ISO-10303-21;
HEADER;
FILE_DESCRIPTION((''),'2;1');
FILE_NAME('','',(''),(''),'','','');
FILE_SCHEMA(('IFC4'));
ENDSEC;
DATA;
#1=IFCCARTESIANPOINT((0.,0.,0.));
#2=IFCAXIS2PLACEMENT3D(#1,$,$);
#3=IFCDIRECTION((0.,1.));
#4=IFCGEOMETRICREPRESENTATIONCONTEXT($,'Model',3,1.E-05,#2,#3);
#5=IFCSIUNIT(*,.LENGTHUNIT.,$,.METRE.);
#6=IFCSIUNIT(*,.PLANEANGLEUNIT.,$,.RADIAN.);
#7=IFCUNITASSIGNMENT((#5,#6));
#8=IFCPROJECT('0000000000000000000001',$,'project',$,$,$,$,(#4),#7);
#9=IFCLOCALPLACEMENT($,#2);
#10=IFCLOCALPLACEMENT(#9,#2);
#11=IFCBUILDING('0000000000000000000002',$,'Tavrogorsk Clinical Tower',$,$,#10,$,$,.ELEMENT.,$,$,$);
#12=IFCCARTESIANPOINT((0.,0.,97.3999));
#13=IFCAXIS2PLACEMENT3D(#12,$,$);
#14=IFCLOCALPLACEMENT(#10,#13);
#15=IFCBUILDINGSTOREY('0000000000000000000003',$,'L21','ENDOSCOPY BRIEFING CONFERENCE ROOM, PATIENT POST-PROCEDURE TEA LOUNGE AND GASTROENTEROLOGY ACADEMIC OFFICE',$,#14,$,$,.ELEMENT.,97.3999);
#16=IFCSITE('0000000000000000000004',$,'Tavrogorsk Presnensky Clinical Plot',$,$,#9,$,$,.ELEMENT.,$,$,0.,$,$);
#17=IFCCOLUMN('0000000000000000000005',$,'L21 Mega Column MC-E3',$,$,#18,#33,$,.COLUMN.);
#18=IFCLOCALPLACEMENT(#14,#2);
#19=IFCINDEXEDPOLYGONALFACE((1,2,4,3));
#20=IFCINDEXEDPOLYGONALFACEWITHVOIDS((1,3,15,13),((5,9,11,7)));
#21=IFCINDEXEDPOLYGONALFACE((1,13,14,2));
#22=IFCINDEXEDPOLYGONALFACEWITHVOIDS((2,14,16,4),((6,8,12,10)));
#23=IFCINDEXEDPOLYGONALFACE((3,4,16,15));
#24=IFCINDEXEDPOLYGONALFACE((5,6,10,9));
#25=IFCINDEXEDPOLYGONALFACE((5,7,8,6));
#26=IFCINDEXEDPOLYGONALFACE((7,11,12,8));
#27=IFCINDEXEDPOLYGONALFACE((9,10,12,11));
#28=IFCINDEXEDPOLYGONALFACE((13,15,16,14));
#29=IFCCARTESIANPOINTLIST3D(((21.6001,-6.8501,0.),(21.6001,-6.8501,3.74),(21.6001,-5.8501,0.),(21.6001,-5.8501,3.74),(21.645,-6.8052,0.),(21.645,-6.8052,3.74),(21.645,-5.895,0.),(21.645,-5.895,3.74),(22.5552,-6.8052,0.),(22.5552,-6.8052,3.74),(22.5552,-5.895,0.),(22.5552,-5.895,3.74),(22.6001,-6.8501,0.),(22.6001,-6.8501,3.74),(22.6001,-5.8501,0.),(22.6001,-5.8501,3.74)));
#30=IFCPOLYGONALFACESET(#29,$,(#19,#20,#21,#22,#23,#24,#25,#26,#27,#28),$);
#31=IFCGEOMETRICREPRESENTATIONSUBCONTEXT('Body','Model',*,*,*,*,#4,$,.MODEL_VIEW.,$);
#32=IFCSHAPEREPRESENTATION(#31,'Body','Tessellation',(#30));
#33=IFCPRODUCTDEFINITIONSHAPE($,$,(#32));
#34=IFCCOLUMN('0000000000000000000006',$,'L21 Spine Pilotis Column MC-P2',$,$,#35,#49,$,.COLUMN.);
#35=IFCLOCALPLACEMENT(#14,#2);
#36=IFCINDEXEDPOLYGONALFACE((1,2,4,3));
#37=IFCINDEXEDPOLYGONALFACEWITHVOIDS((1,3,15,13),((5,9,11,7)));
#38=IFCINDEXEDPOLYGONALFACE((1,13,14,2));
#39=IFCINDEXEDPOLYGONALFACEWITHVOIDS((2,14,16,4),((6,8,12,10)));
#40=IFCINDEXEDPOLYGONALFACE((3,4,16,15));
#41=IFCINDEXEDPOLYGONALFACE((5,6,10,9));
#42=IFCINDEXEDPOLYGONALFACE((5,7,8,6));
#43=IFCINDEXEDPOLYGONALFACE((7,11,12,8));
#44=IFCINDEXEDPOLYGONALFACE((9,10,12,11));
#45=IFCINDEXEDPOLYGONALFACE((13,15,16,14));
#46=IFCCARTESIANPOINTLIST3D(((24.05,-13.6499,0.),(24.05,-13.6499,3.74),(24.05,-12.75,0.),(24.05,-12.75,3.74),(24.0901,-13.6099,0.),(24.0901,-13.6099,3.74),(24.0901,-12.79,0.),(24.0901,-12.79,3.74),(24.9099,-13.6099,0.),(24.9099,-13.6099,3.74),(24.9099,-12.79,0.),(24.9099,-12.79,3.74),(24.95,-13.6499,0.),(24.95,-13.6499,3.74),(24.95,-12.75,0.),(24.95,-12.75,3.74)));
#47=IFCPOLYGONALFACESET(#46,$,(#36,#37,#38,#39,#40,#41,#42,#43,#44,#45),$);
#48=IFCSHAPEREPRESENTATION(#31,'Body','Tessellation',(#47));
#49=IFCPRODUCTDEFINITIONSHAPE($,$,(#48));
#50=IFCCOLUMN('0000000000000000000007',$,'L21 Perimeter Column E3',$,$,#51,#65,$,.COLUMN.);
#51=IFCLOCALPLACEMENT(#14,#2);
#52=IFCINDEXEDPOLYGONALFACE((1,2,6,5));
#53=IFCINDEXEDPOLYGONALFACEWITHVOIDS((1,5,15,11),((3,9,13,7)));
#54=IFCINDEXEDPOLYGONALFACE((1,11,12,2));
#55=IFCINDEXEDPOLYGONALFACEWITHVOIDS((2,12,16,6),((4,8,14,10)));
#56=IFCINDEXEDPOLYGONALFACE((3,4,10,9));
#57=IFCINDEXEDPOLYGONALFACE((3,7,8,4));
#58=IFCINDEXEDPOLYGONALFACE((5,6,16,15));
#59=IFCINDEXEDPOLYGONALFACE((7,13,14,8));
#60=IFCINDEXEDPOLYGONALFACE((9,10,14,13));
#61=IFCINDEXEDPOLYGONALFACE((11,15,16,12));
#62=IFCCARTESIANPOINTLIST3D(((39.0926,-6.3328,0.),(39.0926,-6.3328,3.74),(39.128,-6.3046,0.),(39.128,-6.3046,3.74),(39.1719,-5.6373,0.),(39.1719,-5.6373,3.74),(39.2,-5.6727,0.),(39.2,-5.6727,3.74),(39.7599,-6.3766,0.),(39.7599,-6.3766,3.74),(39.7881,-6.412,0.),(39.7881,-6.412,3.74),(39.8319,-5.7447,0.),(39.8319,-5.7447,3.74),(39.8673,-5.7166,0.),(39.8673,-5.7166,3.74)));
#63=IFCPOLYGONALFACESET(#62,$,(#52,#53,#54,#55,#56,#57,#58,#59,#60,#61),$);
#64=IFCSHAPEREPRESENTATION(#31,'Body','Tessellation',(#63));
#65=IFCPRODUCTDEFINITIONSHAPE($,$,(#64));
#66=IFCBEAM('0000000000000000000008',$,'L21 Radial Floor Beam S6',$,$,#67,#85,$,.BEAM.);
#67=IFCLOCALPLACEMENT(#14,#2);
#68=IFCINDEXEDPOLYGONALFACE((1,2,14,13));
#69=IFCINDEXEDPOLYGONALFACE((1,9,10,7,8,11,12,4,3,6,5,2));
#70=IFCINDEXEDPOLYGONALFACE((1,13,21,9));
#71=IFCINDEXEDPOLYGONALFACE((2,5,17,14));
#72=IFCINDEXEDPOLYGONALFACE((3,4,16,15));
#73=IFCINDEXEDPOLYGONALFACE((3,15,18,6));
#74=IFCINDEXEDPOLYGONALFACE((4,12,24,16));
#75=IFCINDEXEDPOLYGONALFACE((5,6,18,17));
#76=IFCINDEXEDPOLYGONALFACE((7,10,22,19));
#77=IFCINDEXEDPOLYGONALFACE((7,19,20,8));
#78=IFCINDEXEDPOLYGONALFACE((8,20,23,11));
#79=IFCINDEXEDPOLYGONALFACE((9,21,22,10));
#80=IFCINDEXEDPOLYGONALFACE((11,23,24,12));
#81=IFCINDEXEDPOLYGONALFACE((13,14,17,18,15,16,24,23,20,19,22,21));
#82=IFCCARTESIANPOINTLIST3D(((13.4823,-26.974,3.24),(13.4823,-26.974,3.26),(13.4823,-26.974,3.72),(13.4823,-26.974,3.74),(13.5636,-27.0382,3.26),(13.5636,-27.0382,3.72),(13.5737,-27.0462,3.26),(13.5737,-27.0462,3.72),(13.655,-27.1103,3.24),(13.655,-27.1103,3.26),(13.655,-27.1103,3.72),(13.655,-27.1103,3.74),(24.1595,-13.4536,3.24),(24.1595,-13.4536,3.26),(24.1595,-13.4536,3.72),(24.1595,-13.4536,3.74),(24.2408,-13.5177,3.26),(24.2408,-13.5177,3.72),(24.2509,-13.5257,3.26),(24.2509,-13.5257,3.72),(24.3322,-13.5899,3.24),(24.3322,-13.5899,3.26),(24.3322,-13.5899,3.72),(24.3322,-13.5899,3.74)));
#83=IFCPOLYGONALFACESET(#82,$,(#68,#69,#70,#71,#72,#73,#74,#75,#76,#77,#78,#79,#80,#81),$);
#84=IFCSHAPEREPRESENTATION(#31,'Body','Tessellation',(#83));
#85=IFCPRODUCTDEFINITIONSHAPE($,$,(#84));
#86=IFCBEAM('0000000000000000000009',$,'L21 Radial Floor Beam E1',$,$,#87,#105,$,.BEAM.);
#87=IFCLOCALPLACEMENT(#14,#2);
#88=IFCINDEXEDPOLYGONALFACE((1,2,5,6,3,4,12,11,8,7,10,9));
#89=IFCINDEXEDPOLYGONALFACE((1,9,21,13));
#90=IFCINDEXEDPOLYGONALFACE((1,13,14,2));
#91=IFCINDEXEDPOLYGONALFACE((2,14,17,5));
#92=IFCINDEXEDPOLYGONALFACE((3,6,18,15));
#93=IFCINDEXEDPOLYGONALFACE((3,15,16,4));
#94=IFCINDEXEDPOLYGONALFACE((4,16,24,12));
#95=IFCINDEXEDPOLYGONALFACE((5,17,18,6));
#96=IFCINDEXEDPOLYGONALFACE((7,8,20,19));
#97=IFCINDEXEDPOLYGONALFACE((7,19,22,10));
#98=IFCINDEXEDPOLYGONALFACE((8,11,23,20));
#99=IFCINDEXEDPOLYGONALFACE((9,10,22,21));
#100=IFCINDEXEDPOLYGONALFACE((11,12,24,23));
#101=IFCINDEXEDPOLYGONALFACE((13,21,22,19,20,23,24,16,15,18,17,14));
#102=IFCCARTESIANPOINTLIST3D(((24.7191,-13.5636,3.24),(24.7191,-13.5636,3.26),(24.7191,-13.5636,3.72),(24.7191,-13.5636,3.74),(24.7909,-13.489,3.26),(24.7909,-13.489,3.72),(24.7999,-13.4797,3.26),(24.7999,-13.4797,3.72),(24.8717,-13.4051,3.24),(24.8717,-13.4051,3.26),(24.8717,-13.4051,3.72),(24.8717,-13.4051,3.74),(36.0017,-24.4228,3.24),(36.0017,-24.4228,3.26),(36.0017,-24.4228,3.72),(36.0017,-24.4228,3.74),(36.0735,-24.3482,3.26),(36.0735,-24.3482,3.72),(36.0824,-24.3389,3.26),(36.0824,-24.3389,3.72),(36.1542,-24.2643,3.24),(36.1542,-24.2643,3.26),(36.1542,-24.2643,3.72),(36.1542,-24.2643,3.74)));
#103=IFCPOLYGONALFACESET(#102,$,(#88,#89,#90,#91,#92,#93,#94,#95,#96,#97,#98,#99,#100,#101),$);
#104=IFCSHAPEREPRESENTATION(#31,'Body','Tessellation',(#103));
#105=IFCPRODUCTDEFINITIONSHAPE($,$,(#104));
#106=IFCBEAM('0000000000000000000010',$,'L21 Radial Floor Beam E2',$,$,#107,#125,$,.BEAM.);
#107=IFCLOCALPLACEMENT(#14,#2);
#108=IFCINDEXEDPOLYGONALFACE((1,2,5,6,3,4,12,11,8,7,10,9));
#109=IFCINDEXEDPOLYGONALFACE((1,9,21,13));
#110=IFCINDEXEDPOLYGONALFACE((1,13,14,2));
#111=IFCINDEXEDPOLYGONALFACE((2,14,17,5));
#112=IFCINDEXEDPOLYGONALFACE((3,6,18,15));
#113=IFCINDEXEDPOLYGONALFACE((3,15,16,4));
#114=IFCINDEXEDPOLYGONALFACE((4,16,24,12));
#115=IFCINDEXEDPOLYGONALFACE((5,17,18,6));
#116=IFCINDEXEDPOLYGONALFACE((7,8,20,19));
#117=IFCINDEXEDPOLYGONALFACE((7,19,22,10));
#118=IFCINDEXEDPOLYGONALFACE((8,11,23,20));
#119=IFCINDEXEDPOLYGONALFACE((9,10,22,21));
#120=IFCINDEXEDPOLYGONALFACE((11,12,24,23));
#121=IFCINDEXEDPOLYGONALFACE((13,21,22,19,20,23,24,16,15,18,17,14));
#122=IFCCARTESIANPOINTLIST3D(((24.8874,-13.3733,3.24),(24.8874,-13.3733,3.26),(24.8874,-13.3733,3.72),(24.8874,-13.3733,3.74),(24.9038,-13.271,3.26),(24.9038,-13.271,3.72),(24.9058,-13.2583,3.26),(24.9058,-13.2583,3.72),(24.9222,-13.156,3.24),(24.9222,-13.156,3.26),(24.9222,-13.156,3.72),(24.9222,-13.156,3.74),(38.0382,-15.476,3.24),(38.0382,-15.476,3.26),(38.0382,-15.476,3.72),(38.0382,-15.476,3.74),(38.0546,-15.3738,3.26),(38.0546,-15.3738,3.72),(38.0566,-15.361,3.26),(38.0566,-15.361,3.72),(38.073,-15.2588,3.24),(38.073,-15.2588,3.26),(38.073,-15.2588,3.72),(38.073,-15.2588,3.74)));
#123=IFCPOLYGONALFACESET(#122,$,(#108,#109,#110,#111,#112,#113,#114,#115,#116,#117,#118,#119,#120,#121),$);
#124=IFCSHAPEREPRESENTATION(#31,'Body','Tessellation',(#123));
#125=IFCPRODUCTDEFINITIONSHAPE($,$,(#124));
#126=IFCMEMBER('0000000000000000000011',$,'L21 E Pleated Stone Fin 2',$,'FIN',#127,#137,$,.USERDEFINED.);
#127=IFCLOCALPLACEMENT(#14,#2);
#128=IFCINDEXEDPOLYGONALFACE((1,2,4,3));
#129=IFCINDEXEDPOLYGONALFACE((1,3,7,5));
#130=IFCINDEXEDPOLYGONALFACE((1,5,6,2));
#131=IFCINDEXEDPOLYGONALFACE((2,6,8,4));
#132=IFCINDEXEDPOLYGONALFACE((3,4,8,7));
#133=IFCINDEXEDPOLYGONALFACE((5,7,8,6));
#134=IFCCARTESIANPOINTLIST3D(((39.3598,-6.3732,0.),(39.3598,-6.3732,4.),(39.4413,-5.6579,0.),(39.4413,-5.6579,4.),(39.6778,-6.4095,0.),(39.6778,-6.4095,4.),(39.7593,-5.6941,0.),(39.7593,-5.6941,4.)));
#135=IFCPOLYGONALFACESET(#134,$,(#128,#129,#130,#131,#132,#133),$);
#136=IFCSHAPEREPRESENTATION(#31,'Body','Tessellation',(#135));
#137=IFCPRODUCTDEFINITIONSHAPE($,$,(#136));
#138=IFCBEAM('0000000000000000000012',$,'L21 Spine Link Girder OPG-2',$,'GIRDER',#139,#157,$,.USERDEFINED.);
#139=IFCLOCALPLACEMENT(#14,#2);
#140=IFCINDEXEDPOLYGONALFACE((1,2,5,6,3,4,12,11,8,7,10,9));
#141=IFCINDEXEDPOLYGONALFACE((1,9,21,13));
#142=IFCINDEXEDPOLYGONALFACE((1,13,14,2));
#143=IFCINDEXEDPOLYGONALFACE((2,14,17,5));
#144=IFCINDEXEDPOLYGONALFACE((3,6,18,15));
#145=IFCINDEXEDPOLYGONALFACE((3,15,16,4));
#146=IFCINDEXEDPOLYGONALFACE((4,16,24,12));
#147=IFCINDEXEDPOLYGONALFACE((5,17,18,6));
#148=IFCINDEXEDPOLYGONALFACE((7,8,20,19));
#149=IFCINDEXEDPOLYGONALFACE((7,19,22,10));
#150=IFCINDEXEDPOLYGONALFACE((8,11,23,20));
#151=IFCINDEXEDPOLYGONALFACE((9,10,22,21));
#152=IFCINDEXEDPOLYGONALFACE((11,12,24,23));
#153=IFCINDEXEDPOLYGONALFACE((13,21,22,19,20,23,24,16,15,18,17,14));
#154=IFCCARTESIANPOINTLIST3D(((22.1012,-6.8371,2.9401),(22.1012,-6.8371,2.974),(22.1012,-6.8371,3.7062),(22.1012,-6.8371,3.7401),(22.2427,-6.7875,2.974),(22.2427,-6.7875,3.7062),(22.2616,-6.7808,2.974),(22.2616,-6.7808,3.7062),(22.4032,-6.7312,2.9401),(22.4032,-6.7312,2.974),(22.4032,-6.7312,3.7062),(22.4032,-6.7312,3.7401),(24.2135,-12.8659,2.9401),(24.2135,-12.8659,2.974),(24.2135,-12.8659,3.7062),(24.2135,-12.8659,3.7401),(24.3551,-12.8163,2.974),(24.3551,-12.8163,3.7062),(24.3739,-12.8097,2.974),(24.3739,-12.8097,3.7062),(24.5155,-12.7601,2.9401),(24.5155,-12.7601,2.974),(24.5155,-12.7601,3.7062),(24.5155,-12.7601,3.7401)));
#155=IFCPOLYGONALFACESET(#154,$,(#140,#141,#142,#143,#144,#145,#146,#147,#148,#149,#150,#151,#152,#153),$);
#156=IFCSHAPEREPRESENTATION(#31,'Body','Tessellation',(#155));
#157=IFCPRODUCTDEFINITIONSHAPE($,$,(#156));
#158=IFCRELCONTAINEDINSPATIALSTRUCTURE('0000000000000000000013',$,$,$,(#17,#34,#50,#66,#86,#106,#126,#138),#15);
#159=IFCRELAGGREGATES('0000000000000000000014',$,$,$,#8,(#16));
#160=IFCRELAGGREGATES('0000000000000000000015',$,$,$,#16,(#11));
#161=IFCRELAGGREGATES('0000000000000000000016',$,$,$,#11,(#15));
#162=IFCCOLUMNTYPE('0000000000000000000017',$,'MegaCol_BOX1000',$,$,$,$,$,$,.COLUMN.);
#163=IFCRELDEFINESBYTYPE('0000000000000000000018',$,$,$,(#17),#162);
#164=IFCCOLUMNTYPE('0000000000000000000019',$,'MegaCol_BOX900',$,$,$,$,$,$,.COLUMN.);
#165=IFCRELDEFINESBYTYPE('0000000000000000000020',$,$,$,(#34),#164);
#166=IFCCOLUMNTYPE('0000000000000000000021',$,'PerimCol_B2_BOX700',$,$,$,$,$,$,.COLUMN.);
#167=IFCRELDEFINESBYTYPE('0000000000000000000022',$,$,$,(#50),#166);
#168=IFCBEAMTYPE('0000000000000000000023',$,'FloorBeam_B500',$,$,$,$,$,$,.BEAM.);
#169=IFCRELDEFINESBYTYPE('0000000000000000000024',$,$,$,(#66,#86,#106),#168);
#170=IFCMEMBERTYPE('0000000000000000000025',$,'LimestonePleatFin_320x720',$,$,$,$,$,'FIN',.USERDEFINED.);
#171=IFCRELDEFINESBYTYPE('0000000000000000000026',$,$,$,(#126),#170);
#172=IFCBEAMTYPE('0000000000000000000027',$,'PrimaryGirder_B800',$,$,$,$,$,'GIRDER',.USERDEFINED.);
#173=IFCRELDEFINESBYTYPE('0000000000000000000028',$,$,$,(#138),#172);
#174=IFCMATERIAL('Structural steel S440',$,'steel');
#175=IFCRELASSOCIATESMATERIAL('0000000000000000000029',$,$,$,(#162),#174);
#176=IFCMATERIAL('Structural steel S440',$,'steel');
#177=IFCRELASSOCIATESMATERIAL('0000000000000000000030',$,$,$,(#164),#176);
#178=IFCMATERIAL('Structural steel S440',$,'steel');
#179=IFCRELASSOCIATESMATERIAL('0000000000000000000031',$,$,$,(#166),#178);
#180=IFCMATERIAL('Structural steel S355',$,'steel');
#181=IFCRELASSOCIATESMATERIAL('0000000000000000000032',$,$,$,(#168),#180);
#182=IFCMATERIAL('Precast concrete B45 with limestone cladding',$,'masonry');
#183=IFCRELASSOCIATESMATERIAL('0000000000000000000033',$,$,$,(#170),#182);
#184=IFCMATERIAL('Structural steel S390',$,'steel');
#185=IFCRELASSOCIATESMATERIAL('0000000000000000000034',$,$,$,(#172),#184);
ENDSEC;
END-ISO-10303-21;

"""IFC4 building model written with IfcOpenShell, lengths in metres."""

from ifc_helpers import new_model, si_unit, direction, frame, origin, origin_2d, place, context, subcontext, project, spatial, rectangle, hollow_rectangle, i_section, extrude, material, material_profile, profile_set, type_object, element, save


model = new_model("IFC4")

# Units and contexts
model_context = context("Model", 3, precision=1e-05, world=origin(), true_north=direction((0.0, 1.0)))
body_context = subcontext(model_context, "Body", "Model", "MODEL_VIEW")
ifc_project = project(units=[si_unit("LENGTHUNIT", "METRE"), si_unit("PLANEANGLEUNIT", "RADIAN")], contexts=[model_context])

# Site, building, storey
site_placement = place(None, origin())
site = spatial("IfcSite", under=ifc_project, at=site_placement, Name="Tavrogorsk Presnensky Clinical Plot", CompositionType="ELEMENT", RefElevation=0.0)
building_placement = place(site_placement, origin())
building = spatial("IfcBuilding", under=site, at=building_placement, Name="Tavrogorsk Clinical Tower", CompositionType="ELEMENT")
storey_placement = place(building_placement, frame((0.0, 0.0, 97.3999)))
storey = spatial("IfcBuildingStorey", under=building, at=storey_placement, Name="L21", Description="ENDOSCOPY BRIEFING CONFERENCE ROOM, PATIENT POST-PROCEDURE TEA LOUNGE AND GASTROENTEROLOGY ACADEMIC OFFICE", CompositionType="ELEMENT", Elevation=97.3999)

# Columns
ifc_material_1 = material(Name="Structural steel S440", Category="steel")
ifc_material_profile_1 = material_profile(ifc_material_1, hollow_rectangle(XDim=1.0, YDim=1.0, WallThickness=0.0449, at=origin_2d()), Name="BOX-1000x1000x45")
ifc_profile_set_1 = profile_set([ifc_material_profile_1], Name="Structural steel S440")
column_type_1 = type_object("IfcColumnType", Name="MegaCol_BOX1000", PredefinedType="COLUMN", material=ifc_profile_set_1)
column_1_placement = place(storey_placement, frame((22.1001, -6.3501, 0.0), z_axis=(0.0, 0.0, 1.0), x_axis=(1.0, 0.0, 0.0)))
element("IfcColumn", 1, at=column_1_placement, inside=storey, type_object=column_type_1, Name="L21 Mega Column MC-E3", PredefinedType="COLUMN", context=body_context, shape_type="SweptSolid", body=[
    extrude(hollow_rectangle(XDim=1.0, YDim=1.0, WallThickness=0.0449, at=origin_2d()), origin(), (0.0, 0.0, 1.0), 3.74),
])
ifc_material_2 = material(Name="Structural steel S440", Category="steel")
ifc_material_profile_2 = material_profile(ifc_material_2, hollow_rectangle(XDim=0.8999, YDim=0.8999, WallThickness=0.04, at=origin_2d()), Name="BOX-900x900x40")
ifc_profile_set_2 = profile_set([ifc_material_profile_2], Name="Structural steel S440")
column_type_2 = type_object("IfcColumnType", Name="MegaCol_BOX900", PredefinedType="COLUMN", material=ifc_profile_set_2)
column_2_placement = place(storey_placement, frame((24.5, -13.2, 0.0), z_axis=(0.0, 0.0, 1.0), x_axis=(1.0, 0.0, 0.0)))
element("IfcColumn", 2, at=column_2_placement, inside=storey, type_object=column_type_2, Name="L21 Spine Pilotis Column MC-P2", PredefinedType="COLUMN", context=body_context, shape_type="SweptSolid", body=[
    extrude(hollow_rectangle(XDim=0.8999, YDim=0.8999, WallThickness=0.04, at=origin_2d()), origin(), (0.0, 0.0, 1.0), 3.74),
])
ifc_material_3 = material(Name="Structural steel S440", Category="steel")
ifc_material_profile_3 = material_profile(ifc_material_3, hollow_rectangle(XDim=0.7, YDim=0.7, WallThickness=0.032, at=origin_2d()), Name="BOX-700x700x32")
ifc_profile_set_3 = profile_set([ifc_material_profile_3], Name="Structural steel S440")
column_type_3 = type_object("IfcColumnType", Name="PerimCol_B2_BOX700", PredefinedType="COLUMN", material=ifc_profile_set_3)
column_3_placement = place(storey_placement, frame((39.48, -6.0247, 0.0), z_axis=(0.0, 0.0, 1.0), x_axis=(0.993572, -0.113203, 0.0)))
element("IfcColumn", 3, at=column_3_placement, inside=storey, type_object=column_type_3, Name="L21 Perimeter Column E3", PredefinedType="COLUMN", context=body_context, shape_type="SweptSolid", body=[
    extrude(hollow_rectangle(XDim=0.7, YDim=0.7, WallThickness=0.032, at=origin_2d()), origin(), (0.0, 0.0, 1.0), 3.74),
])

# Beams
ifc_material_4 = material(Name="Structural steel S355", Category="steel")
ifc_material_profile_4 = material_profile(ifc_material_4, i_section(OverallWidth=0.22, OverallDepth=0.5, WebThickness=0.0129, FlangeThickness=0.02, at=origin_2d()), Name="B-500x220x13x20")
ifc_profile_set_4 = profile_set([ifc_material_profile_4], Name="Structural steel S355")
beam_type_1 = type_object("IfcBeamType", Name="FloorBeam_B500", PredefinedType="BEAM", material=ifc_profile_set_4)
beam_1_placement = place(storey_placement, frame((24.2458, -13.5217, 3.49), z_axis=(-0.619757, -0.784794, 0.0), x_axis=(0.784794, -0.619757, 0.0)))
element("IfcBeam", 4, at=beam_1_placement, inside=storey, type_object=beam_type_1, Name="L21 Radial Floor Beam S6", PredefinedType="BEAM", context=body_context, shape_type="SweptSolid", body=[
    extrude(i_section(OverallWidth=0.22, OverallDepth=0.5, WebThickness=0.0129, FlangeThickness=0.02, at=origin_2d()), origin(), (0.0, 0.0, 1.0), 17.228),
])
beam_2_placement = place(storey_placement, frame((24.7954, -13.4844, 3.49), z_axis=(0.720495, -0.69346, 0.0), x_axis=(0.69346, 0.720495, 0.0)))
element("IfcBeam", 5, at=beam_2_placement, inside=storey, type_object=beam_type_1, Name="L21 Radial Floor Beam E1", PredefinedType="BEAM", context=body_context, shape_type="SweptSolid", body=[
    extrude(i_section(OverallWidth=0.22, OverallDepth=0.5, WebThickness=0.0129, FlangeThickness=0.02, at=origin_2d()), origin(), (0.0, 0.0, 1.0), 15.6594),
])
beam_3_placement = place(storey_placement, frame((24.9048, -13.2646, 3.49), z_axis=(0.987457, -0.157891, 0.0), x_axis=(0.157891, 0.987457, 0.0)))
element("IfcBeam", 6, at=beam_3_placement, inside=storey, type_object=beam_type_1, Name="L21 Radial Floor Beam E2", PredefinedType="BEAM", context=body_context, shape_type="SweptSolid", body=[
    extrude(i_section(OverallWidth=0.22, OverallDepth=0.5, WebThickness=0.0129, FlangeThickness=0.02, at=origin_2d()), origin(), (0.0, 0.0, 1.0), 13.3179),
])

# Member
ifc_material_5 = material(Name="Precast concrete B45 with limestone cladding", Category="masonry")
ifc_material_profile_5 = material_profile(ifc_material_5, rectangle(XDim=0.3201, YDim=0.72, at=origin_2d()), Name="LIMESTONE-FIN-320x720")
ifc_profile_set_5 = profile_set([ifc_material_profile_5], Name="Precast concrete B45 with limestone cladding")
member_type = type_object("IfcMemberType", Name="LimestonePleatFin_320x720", ElementType="FIN", PredefinedType="USERDEFINED", material=ifc_profile_set_5)
member_placement = place(storey_placement, frame((39.5596, -6.0337, 0.0), z_axis=(0.0, 0.0, 1.0), x_axis=(0.993572, -0.113203, 0.0)))
element("IfcMember", 7, at=member_placement, inside=storey, type_object=member_type, Name="L21 E Pleated Stone Fin 2", ObjectType="FIN", PredefinedType="USERDEFINED", context=body_context, shape_type="SweptSolid", body=[
    extrude(rectangle(XDim=0.3201, YDim=0.72, at=origin_2d()), origin(), (0.0, 0.0, 1.0), 4.0),
])

# Beam
ifc_material_6 = material(Name="Structural steel S390", Category="steel")
ifc_material_profile_6 = material_profile(ifc_material_6, i_section(OverallWidth=0.3201, OverallDepth=0.8, WebThickness=0.02, FlangeThickness=0.0339, at=origin_2d()), Name="B-800x320x20x34")
ifc_profile_set_6 = profile_set([ifc_material_profile_6], Name="Structural steel S390")
beam_type_2 = type_object("IfcBeamType", Name="PrimaryGirder_B800", ElementType="GIRDER", PredefinedType="USERDEFINED", material=ifc_profile_set_6)
beam_4_placement = place(storey_placement, frame((24.3645, -12.813, 3.3401), z_axis=(-0.33066, 0.94375, 0.0), x_axis=(-0.94375, -0.33066, 0.0)))
element("IfcBeam", 8, at=beam_4_placement, inside=storey, type_object=beam_type_2, Name="L21 Spine Link Girder OPG-2", ObjectType="GIRDER", PredefinedType="USERDEFINED", context=body_context, shape_type="SweptSolid", body=[
    extrude(i_section(OverallWidth=0.3201, OverallDepth=0.8, WebThickness=0.02, FlangeThickness=0.0339, at=origin_2d()), origin(), (0.0, 0.0, 1.0), 6.3882),
])

save(model, "model.ifc")
